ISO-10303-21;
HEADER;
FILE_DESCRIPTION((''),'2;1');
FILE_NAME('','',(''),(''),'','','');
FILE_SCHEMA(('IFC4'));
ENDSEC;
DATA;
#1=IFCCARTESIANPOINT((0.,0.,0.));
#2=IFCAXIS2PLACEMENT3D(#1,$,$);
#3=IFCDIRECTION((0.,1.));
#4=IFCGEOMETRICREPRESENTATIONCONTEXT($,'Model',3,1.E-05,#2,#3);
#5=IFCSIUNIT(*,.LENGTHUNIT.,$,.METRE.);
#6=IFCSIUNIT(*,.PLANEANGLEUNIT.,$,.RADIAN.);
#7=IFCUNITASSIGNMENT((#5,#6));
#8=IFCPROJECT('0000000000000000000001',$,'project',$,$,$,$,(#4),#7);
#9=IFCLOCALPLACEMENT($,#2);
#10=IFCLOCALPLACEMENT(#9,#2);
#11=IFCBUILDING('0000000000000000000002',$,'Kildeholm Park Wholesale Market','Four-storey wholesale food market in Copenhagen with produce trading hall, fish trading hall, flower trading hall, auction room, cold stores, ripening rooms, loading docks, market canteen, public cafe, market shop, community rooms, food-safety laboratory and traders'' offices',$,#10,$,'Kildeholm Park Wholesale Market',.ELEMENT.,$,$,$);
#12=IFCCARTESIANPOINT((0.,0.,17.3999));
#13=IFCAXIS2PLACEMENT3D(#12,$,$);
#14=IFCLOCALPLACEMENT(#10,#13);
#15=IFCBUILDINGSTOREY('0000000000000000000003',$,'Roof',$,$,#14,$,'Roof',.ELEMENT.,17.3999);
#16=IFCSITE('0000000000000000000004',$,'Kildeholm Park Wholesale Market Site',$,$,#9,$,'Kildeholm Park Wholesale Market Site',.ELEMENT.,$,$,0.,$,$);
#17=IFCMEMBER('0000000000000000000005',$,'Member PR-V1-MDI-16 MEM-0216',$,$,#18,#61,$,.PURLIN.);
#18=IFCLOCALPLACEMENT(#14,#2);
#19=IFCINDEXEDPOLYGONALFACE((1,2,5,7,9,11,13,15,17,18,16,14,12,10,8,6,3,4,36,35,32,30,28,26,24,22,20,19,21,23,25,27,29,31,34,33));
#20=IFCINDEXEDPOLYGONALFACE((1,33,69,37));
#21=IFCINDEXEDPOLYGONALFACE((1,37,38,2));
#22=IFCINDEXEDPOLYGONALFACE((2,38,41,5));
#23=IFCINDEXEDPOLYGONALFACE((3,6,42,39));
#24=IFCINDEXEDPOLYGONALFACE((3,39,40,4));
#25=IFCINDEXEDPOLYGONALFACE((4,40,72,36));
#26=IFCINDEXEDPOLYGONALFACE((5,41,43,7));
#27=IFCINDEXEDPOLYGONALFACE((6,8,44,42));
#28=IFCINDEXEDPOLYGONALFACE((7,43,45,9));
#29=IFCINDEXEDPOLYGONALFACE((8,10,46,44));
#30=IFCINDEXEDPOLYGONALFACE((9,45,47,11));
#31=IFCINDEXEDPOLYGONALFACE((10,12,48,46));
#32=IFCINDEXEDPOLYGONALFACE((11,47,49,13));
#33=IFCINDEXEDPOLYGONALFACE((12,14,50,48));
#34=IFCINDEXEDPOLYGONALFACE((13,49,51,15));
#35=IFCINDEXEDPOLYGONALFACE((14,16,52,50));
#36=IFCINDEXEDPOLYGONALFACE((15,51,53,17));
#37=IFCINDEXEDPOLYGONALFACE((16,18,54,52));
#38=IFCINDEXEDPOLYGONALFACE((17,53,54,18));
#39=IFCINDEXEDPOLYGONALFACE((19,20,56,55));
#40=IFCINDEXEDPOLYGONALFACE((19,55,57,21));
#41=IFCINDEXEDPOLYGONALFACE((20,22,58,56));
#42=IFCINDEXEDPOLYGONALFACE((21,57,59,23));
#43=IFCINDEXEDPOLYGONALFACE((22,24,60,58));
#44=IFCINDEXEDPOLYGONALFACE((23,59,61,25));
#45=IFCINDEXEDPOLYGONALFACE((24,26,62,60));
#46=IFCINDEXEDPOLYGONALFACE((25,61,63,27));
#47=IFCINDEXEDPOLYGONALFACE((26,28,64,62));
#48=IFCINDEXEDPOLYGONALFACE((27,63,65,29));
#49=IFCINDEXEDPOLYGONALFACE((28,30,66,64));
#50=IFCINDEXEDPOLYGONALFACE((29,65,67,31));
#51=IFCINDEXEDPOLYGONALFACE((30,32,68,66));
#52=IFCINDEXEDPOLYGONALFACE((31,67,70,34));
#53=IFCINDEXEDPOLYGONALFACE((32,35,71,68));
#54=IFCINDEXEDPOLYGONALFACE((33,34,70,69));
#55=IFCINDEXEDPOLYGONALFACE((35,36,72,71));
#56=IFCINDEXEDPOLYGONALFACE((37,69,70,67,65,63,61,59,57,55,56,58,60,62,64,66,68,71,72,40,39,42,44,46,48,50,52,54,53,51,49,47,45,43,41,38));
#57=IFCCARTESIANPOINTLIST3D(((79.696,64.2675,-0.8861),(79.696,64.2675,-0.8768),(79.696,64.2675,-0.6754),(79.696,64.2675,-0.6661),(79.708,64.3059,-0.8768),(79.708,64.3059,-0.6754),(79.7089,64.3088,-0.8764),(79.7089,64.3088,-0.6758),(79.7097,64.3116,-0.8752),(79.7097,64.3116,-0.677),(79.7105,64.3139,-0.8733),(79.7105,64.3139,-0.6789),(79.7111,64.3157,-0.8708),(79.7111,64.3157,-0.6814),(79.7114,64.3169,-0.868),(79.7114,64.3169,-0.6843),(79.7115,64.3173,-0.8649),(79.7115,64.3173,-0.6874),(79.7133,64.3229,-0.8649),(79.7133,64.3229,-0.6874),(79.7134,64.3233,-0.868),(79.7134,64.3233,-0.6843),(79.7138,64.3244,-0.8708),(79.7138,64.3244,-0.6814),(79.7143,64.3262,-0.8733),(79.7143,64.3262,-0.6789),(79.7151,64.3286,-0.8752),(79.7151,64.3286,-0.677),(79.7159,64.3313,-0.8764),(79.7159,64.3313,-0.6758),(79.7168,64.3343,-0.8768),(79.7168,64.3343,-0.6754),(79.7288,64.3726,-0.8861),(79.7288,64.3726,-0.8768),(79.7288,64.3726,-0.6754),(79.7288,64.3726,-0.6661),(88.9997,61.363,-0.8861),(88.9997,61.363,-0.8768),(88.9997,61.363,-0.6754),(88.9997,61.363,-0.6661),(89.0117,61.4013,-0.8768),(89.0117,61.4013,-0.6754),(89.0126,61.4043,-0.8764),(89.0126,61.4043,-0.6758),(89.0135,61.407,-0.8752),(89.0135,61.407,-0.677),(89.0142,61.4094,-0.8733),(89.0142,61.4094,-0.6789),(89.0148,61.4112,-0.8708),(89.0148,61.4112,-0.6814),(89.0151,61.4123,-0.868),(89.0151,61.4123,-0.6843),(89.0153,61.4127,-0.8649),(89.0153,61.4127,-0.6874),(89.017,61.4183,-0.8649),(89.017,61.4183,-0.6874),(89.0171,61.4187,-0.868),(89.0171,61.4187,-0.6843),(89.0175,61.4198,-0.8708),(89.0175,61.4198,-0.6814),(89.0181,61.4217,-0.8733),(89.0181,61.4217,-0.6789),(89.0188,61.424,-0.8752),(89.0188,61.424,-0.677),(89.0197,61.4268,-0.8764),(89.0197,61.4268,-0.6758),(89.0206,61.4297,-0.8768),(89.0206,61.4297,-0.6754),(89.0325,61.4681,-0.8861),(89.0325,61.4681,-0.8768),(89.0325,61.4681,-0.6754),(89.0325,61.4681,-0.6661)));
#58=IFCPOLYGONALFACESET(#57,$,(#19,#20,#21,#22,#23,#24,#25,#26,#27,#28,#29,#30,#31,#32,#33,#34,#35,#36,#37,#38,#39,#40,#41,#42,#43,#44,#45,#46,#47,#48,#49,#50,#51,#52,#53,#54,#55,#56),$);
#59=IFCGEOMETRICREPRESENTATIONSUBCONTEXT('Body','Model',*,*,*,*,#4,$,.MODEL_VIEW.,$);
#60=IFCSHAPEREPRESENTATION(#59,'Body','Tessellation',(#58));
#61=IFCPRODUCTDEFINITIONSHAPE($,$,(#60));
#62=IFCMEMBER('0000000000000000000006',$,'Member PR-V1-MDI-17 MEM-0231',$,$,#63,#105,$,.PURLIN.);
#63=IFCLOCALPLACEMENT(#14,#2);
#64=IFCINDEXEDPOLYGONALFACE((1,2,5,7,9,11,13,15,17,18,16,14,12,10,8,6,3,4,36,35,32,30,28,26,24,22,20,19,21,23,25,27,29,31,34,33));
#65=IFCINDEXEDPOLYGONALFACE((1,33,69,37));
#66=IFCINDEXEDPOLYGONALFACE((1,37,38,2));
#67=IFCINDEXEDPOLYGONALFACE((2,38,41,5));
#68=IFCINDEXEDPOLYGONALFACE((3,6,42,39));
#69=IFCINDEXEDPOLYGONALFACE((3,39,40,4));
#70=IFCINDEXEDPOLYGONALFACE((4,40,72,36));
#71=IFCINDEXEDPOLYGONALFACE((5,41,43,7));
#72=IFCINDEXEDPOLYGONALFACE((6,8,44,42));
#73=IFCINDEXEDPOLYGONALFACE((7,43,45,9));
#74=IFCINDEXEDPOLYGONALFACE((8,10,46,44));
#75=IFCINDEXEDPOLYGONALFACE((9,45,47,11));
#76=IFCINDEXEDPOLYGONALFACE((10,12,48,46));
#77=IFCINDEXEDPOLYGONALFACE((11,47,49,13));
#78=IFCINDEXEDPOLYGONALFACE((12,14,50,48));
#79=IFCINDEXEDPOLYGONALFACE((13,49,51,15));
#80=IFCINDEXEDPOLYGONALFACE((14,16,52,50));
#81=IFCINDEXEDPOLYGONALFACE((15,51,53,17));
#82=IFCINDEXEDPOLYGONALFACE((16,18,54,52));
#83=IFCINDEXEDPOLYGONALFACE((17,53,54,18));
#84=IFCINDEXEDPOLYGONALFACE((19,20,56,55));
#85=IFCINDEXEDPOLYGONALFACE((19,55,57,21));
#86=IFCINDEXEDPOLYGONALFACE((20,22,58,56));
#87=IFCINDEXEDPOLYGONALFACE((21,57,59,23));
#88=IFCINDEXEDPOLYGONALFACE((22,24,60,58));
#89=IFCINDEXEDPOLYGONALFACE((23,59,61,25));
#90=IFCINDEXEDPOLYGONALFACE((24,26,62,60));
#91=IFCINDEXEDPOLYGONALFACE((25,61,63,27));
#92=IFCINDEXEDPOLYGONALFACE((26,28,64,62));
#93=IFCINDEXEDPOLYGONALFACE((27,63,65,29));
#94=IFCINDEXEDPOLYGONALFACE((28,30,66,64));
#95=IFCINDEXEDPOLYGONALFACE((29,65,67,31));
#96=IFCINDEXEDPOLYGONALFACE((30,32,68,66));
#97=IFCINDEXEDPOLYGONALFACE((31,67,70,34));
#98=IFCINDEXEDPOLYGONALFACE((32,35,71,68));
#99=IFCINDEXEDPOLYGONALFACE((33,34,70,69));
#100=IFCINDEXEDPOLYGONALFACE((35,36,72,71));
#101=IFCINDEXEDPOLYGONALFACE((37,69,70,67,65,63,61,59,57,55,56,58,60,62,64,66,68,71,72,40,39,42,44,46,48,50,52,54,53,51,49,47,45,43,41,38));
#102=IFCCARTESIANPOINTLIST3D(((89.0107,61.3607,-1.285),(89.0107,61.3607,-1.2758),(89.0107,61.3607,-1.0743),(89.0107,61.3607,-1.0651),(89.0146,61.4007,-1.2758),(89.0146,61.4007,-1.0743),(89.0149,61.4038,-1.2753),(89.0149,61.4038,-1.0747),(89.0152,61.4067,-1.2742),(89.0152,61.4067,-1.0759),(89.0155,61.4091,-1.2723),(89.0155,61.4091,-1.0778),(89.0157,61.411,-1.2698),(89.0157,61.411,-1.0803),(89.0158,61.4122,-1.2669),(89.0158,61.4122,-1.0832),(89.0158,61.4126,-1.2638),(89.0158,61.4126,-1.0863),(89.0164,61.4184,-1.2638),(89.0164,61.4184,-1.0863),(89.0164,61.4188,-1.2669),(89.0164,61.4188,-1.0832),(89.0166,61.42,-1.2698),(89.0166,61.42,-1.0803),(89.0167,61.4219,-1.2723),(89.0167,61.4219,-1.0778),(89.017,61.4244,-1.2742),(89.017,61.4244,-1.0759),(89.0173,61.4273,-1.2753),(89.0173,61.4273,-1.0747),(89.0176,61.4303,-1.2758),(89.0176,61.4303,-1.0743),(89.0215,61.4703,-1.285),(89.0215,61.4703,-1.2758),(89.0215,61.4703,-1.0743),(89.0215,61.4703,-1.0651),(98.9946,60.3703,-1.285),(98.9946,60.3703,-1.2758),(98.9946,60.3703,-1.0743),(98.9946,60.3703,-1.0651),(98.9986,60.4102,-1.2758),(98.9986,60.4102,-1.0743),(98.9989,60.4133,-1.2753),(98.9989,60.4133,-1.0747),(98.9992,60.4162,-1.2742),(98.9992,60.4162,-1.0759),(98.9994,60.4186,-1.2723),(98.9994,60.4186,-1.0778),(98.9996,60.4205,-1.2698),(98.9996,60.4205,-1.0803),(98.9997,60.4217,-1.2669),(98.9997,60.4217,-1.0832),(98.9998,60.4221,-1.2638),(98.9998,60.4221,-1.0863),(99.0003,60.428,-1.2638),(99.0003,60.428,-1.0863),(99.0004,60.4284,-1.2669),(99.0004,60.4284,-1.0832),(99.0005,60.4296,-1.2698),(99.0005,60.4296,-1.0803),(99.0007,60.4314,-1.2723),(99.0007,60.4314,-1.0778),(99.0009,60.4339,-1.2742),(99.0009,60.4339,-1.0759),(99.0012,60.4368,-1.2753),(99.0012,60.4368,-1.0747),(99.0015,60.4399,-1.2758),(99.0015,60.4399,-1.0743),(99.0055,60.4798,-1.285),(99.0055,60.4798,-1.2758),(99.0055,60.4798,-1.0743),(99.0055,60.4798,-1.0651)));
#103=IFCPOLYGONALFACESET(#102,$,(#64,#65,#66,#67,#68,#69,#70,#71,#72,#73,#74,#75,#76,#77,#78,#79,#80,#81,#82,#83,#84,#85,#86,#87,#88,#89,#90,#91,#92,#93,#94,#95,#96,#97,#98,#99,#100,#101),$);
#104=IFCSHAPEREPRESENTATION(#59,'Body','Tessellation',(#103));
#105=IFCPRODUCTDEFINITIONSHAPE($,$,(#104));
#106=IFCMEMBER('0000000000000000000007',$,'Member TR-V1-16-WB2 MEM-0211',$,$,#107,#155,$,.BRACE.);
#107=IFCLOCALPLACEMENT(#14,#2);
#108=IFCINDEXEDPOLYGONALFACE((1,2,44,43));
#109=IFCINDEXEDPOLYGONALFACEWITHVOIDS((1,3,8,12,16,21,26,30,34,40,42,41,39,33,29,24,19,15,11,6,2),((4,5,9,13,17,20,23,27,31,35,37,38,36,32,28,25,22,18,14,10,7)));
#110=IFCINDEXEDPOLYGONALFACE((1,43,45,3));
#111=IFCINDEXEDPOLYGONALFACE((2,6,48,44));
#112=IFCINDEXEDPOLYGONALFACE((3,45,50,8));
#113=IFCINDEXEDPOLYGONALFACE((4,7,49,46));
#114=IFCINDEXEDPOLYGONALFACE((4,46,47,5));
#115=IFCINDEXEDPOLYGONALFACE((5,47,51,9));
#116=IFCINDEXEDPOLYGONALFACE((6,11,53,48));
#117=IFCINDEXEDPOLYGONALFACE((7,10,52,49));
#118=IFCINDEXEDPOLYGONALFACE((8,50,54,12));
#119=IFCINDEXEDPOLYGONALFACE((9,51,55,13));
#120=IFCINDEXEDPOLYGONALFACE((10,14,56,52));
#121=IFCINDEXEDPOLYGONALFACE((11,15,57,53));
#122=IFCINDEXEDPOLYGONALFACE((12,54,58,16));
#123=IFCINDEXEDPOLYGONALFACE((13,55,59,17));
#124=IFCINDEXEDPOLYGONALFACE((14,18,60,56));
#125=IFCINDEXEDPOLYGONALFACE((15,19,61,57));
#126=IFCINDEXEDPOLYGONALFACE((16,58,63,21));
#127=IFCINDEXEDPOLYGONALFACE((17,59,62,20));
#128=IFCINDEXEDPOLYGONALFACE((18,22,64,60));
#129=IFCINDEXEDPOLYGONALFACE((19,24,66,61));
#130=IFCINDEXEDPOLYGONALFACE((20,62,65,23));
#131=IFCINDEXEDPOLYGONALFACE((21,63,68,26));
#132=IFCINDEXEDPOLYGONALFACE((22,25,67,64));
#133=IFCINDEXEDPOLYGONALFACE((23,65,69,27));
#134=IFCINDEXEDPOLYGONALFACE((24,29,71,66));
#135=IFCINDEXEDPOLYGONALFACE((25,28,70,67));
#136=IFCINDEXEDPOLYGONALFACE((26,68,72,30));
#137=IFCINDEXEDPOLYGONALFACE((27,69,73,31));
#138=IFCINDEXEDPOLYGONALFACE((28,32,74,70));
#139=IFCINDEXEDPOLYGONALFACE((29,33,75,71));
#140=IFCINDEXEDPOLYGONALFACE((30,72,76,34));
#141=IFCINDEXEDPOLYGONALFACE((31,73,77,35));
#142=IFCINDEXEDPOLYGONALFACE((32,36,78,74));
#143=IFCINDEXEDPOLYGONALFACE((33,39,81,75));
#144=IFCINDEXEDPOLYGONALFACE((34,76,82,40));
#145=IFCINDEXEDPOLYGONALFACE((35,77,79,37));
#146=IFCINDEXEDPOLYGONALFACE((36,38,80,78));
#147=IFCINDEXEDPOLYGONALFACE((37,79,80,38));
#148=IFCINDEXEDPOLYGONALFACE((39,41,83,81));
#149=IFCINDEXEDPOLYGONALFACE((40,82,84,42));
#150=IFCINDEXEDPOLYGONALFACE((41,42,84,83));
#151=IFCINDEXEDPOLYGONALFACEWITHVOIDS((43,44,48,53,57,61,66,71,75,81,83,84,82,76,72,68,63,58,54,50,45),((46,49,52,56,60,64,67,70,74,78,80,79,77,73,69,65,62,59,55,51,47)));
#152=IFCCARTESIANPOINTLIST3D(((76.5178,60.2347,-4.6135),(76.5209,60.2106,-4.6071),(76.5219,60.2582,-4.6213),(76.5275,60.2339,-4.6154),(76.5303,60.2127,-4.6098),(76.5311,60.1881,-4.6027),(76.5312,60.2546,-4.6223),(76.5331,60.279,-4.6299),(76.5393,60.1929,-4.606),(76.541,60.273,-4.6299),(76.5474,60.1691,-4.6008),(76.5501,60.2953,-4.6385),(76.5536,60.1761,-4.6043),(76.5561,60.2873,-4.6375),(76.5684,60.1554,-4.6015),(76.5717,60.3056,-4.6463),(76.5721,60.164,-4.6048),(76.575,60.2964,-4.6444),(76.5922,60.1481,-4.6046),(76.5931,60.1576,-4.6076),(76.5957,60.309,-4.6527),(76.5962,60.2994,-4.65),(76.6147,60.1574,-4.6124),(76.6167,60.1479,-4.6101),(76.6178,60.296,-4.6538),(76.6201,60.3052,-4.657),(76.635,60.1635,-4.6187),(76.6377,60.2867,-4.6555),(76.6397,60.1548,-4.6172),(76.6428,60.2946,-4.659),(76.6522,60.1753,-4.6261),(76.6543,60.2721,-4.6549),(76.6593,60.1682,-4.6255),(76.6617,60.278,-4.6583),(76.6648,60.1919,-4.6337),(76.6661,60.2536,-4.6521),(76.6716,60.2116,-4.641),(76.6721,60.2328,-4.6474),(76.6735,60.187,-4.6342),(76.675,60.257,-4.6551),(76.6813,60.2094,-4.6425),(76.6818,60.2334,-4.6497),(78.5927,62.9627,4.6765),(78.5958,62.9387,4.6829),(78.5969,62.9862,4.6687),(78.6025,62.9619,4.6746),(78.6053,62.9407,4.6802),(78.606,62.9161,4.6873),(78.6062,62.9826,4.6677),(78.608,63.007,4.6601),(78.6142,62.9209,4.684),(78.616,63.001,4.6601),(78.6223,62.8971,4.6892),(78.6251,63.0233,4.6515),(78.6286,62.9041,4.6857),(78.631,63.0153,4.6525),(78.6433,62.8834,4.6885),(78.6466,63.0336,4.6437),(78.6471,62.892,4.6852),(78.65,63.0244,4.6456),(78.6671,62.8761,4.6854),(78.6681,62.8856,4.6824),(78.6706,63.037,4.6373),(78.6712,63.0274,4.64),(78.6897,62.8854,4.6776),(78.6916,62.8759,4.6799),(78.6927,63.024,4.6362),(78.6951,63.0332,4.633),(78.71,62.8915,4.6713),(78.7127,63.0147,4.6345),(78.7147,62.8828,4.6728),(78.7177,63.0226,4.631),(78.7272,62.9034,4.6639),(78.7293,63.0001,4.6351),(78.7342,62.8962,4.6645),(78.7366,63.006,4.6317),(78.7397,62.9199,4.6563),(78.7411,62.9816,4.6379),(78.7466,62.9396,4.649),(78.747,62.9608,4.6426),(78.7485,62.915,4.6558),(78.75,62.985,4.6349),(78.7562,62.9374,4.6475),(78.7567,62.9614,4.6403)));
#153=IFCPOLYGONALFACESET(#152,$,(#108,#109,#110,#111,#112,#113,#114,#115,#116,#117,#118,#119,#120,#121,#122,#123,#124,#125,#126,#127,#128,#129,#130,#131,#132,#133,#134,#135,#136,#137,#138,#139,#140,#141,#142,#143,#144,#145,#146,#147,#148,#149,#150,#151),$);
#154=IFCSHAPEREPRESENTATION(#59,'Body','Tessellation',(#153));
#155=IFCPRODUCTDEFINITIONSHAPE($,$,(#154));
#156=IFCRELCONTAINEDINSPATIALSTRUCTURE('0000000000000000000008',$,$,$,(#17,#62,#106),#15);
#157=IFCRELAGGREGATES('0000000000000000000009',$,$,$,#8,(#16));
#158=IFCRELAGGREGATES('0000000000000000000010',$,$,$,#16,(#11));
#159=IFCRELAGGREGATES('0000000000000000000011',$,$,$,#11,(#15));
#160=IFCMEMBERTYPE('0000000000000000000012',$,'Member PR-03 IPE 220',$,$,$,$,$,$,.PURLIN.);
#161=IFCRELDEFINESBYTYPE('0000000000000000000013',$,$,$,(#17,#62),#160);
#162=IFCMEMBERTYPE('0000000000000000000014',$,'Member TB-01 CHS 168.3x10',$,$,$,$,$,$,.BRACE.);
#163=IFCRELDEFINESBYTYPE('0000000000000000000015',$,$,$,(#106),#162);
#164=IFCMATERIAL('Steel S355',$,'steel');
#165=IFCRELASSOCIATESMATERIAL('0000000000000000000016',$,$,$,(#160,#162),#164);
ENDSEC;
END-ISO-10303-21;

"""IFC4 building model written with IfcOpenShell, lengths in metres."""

from ifc_helpers import new_model, si_unit, direction, frame, origin, origin_2d, place, context, subcontext, project, spatial, hollow_circle, i_section, extrude, material, material_profile, profile_set, type_object, element, save


model = new_model("IFC4")

# Units and contexts
model_context = context("Model", 3, precision=1e-05, world=origin(), true_north=direction((0.0, 1.0)))
body_context = subcontext(model_context, "Body", "Model", "MODEL_VIEW")
ifc_project = project(units=[si_unit("LENGTHUNIT", "METRE"), si_unit("PLANEANGLEUNIT", "RADIAN")], contexts=[model_context])

# Site, building, storey
site_placement = place(None, origin())
site = spatial("IfcSite", under=ifc_project, at=site_placement, Name="Kildeholm Park Wholesale Market Site", LongName="Kildeholm Park Wholesale Market Site", CompositionType="ELEMENT", RefElevation=0.0)
building_placement = place(site_placement, origin())
building = spatial("IfcBuilding", under=site, at=building_placement, Name="Kildeholm Park Wholesale Market", Description="Four-storey wholesale food market in Copenhagen with produce trading hall, fish trading hall, flower trading hall, auction room, cold stores, ripening rooms, loading docks, market canteen, public cafe, market shop, community rooms, food-safety laboratory and traders' offices", LongName="Kildeholm Park Wholesale Market", CompositionType="ELEMENT")
storey_placement = place(building_placement, frame((0.0, 0.0, 17.3999)))
storey = spatial("IfcBuildingStorey", under=building, at=storey_placement, Name="Roof", LongName="Roof", CompositionType="ELEMENT", Elevation=17.3999)

# Members
ifc_material_1 = material(Name="Steel S355", Category="steel")
ifc_material_profile_1 = material_profile(ifc_material_1, i_section(OverallWidth=0.1101, OverallDepth=0.22, WebThickness=0.0059, FlangeThickness=0.0093, FilletRadius=0.012, at=origin_2d()), Name="IPE 220")
ifc_profile_set_1 = profile_set([ifc_material_profile_1], Name="Steel S355")
member_type_1 = type_object("IfcMemberType", Name="Member PR-03 IPE 220", PredefinedType="PURLIN", material=ifc_profile_set_1)
member_1_placement = place(storey_placement, frame((79.7124, 64.3201, -0.7761), z_axis=(0.954564, -0.298007, 0.0), x_axis=(0.298007, 0.954564, 0.0)))
element("IfcMember", 1, at=member_1_placement, inside=storey, type_object=member_type_1, Name="Member PR-V1-MDI-16 MEM-0216", PredefinedType="PURLIN", context=body_context, shape_type="SweptSolid", body=[
    extrude(i_section(OverallWidth=0.1101, OverallDepth=0.22, WebThickness=0.0059, FlangeThickness=0.0093, FilletRadius=0.012, at=origin_2d()), origin(), (0.0, 0.0, 1.0), 9.7466),
])
member_2_placement = place(storey_placement, frame((89.0161, 61.4155, -1.175), z_axis=(0.995115, -0.098723, 0.0), x_axis=(0.098723, 0.995115, 0.0)))
element("IfcMember", 2, at=member_2_placement, inside=storey, type_object=member_type_1, Name="Member PR-V1-MDI-17 MEM-0231", PredefinedType="PURLIN", context=body_context, shape_type="SweptSolid", body=[
    extrude(i_section(OverallWidth=0.1101, OverallDepth=0.22, WebThickness=0.0059, FlangeThickness=0.0093, FilletRadius=0.012, at=origin_2d()), origin(), (0.0, 0.0, 1.0), 10.033),
])
ifc_material_profile_2 = material_profile(ifc_material_1, hollow_circle(Radius=0.0842, WallThickness=0.01, at=origin_2d()), Name="CHS 168.3x10")
ifc_profile_set_2 = profile_set([ifc_material_profile_2], Name="Steel S355")
member_type_2 = type_object("IfcMemberType", Name="Member TB-01 CHS 168.3x10", PredefinedType="BRACE", material=ifc_profile_set_2)
member_3_placement = place(storey_placement, frame((76.6001, 60.228, -4.6299), z_axis=(0.209546, 0.275499, 0.938185), x_axis=(-0.79593, 0.605388, 0.0)))
element("IfcMember", 3, at=member_3_placement, inside=storey, type_object=member_type_2, Name="Member TR-V1-16-WB2 MEM-0211", PredefinedType="BRACE", context=body_context, shape_type="SweptSolid", body=[
    extrude(hollow_circle(Radius=0.0842, WallThickness=0.01, at=origin_2d()), origin(), (0.0, 0.0, 1.0), 9.9021),
])

save(model, "model.ifc")
